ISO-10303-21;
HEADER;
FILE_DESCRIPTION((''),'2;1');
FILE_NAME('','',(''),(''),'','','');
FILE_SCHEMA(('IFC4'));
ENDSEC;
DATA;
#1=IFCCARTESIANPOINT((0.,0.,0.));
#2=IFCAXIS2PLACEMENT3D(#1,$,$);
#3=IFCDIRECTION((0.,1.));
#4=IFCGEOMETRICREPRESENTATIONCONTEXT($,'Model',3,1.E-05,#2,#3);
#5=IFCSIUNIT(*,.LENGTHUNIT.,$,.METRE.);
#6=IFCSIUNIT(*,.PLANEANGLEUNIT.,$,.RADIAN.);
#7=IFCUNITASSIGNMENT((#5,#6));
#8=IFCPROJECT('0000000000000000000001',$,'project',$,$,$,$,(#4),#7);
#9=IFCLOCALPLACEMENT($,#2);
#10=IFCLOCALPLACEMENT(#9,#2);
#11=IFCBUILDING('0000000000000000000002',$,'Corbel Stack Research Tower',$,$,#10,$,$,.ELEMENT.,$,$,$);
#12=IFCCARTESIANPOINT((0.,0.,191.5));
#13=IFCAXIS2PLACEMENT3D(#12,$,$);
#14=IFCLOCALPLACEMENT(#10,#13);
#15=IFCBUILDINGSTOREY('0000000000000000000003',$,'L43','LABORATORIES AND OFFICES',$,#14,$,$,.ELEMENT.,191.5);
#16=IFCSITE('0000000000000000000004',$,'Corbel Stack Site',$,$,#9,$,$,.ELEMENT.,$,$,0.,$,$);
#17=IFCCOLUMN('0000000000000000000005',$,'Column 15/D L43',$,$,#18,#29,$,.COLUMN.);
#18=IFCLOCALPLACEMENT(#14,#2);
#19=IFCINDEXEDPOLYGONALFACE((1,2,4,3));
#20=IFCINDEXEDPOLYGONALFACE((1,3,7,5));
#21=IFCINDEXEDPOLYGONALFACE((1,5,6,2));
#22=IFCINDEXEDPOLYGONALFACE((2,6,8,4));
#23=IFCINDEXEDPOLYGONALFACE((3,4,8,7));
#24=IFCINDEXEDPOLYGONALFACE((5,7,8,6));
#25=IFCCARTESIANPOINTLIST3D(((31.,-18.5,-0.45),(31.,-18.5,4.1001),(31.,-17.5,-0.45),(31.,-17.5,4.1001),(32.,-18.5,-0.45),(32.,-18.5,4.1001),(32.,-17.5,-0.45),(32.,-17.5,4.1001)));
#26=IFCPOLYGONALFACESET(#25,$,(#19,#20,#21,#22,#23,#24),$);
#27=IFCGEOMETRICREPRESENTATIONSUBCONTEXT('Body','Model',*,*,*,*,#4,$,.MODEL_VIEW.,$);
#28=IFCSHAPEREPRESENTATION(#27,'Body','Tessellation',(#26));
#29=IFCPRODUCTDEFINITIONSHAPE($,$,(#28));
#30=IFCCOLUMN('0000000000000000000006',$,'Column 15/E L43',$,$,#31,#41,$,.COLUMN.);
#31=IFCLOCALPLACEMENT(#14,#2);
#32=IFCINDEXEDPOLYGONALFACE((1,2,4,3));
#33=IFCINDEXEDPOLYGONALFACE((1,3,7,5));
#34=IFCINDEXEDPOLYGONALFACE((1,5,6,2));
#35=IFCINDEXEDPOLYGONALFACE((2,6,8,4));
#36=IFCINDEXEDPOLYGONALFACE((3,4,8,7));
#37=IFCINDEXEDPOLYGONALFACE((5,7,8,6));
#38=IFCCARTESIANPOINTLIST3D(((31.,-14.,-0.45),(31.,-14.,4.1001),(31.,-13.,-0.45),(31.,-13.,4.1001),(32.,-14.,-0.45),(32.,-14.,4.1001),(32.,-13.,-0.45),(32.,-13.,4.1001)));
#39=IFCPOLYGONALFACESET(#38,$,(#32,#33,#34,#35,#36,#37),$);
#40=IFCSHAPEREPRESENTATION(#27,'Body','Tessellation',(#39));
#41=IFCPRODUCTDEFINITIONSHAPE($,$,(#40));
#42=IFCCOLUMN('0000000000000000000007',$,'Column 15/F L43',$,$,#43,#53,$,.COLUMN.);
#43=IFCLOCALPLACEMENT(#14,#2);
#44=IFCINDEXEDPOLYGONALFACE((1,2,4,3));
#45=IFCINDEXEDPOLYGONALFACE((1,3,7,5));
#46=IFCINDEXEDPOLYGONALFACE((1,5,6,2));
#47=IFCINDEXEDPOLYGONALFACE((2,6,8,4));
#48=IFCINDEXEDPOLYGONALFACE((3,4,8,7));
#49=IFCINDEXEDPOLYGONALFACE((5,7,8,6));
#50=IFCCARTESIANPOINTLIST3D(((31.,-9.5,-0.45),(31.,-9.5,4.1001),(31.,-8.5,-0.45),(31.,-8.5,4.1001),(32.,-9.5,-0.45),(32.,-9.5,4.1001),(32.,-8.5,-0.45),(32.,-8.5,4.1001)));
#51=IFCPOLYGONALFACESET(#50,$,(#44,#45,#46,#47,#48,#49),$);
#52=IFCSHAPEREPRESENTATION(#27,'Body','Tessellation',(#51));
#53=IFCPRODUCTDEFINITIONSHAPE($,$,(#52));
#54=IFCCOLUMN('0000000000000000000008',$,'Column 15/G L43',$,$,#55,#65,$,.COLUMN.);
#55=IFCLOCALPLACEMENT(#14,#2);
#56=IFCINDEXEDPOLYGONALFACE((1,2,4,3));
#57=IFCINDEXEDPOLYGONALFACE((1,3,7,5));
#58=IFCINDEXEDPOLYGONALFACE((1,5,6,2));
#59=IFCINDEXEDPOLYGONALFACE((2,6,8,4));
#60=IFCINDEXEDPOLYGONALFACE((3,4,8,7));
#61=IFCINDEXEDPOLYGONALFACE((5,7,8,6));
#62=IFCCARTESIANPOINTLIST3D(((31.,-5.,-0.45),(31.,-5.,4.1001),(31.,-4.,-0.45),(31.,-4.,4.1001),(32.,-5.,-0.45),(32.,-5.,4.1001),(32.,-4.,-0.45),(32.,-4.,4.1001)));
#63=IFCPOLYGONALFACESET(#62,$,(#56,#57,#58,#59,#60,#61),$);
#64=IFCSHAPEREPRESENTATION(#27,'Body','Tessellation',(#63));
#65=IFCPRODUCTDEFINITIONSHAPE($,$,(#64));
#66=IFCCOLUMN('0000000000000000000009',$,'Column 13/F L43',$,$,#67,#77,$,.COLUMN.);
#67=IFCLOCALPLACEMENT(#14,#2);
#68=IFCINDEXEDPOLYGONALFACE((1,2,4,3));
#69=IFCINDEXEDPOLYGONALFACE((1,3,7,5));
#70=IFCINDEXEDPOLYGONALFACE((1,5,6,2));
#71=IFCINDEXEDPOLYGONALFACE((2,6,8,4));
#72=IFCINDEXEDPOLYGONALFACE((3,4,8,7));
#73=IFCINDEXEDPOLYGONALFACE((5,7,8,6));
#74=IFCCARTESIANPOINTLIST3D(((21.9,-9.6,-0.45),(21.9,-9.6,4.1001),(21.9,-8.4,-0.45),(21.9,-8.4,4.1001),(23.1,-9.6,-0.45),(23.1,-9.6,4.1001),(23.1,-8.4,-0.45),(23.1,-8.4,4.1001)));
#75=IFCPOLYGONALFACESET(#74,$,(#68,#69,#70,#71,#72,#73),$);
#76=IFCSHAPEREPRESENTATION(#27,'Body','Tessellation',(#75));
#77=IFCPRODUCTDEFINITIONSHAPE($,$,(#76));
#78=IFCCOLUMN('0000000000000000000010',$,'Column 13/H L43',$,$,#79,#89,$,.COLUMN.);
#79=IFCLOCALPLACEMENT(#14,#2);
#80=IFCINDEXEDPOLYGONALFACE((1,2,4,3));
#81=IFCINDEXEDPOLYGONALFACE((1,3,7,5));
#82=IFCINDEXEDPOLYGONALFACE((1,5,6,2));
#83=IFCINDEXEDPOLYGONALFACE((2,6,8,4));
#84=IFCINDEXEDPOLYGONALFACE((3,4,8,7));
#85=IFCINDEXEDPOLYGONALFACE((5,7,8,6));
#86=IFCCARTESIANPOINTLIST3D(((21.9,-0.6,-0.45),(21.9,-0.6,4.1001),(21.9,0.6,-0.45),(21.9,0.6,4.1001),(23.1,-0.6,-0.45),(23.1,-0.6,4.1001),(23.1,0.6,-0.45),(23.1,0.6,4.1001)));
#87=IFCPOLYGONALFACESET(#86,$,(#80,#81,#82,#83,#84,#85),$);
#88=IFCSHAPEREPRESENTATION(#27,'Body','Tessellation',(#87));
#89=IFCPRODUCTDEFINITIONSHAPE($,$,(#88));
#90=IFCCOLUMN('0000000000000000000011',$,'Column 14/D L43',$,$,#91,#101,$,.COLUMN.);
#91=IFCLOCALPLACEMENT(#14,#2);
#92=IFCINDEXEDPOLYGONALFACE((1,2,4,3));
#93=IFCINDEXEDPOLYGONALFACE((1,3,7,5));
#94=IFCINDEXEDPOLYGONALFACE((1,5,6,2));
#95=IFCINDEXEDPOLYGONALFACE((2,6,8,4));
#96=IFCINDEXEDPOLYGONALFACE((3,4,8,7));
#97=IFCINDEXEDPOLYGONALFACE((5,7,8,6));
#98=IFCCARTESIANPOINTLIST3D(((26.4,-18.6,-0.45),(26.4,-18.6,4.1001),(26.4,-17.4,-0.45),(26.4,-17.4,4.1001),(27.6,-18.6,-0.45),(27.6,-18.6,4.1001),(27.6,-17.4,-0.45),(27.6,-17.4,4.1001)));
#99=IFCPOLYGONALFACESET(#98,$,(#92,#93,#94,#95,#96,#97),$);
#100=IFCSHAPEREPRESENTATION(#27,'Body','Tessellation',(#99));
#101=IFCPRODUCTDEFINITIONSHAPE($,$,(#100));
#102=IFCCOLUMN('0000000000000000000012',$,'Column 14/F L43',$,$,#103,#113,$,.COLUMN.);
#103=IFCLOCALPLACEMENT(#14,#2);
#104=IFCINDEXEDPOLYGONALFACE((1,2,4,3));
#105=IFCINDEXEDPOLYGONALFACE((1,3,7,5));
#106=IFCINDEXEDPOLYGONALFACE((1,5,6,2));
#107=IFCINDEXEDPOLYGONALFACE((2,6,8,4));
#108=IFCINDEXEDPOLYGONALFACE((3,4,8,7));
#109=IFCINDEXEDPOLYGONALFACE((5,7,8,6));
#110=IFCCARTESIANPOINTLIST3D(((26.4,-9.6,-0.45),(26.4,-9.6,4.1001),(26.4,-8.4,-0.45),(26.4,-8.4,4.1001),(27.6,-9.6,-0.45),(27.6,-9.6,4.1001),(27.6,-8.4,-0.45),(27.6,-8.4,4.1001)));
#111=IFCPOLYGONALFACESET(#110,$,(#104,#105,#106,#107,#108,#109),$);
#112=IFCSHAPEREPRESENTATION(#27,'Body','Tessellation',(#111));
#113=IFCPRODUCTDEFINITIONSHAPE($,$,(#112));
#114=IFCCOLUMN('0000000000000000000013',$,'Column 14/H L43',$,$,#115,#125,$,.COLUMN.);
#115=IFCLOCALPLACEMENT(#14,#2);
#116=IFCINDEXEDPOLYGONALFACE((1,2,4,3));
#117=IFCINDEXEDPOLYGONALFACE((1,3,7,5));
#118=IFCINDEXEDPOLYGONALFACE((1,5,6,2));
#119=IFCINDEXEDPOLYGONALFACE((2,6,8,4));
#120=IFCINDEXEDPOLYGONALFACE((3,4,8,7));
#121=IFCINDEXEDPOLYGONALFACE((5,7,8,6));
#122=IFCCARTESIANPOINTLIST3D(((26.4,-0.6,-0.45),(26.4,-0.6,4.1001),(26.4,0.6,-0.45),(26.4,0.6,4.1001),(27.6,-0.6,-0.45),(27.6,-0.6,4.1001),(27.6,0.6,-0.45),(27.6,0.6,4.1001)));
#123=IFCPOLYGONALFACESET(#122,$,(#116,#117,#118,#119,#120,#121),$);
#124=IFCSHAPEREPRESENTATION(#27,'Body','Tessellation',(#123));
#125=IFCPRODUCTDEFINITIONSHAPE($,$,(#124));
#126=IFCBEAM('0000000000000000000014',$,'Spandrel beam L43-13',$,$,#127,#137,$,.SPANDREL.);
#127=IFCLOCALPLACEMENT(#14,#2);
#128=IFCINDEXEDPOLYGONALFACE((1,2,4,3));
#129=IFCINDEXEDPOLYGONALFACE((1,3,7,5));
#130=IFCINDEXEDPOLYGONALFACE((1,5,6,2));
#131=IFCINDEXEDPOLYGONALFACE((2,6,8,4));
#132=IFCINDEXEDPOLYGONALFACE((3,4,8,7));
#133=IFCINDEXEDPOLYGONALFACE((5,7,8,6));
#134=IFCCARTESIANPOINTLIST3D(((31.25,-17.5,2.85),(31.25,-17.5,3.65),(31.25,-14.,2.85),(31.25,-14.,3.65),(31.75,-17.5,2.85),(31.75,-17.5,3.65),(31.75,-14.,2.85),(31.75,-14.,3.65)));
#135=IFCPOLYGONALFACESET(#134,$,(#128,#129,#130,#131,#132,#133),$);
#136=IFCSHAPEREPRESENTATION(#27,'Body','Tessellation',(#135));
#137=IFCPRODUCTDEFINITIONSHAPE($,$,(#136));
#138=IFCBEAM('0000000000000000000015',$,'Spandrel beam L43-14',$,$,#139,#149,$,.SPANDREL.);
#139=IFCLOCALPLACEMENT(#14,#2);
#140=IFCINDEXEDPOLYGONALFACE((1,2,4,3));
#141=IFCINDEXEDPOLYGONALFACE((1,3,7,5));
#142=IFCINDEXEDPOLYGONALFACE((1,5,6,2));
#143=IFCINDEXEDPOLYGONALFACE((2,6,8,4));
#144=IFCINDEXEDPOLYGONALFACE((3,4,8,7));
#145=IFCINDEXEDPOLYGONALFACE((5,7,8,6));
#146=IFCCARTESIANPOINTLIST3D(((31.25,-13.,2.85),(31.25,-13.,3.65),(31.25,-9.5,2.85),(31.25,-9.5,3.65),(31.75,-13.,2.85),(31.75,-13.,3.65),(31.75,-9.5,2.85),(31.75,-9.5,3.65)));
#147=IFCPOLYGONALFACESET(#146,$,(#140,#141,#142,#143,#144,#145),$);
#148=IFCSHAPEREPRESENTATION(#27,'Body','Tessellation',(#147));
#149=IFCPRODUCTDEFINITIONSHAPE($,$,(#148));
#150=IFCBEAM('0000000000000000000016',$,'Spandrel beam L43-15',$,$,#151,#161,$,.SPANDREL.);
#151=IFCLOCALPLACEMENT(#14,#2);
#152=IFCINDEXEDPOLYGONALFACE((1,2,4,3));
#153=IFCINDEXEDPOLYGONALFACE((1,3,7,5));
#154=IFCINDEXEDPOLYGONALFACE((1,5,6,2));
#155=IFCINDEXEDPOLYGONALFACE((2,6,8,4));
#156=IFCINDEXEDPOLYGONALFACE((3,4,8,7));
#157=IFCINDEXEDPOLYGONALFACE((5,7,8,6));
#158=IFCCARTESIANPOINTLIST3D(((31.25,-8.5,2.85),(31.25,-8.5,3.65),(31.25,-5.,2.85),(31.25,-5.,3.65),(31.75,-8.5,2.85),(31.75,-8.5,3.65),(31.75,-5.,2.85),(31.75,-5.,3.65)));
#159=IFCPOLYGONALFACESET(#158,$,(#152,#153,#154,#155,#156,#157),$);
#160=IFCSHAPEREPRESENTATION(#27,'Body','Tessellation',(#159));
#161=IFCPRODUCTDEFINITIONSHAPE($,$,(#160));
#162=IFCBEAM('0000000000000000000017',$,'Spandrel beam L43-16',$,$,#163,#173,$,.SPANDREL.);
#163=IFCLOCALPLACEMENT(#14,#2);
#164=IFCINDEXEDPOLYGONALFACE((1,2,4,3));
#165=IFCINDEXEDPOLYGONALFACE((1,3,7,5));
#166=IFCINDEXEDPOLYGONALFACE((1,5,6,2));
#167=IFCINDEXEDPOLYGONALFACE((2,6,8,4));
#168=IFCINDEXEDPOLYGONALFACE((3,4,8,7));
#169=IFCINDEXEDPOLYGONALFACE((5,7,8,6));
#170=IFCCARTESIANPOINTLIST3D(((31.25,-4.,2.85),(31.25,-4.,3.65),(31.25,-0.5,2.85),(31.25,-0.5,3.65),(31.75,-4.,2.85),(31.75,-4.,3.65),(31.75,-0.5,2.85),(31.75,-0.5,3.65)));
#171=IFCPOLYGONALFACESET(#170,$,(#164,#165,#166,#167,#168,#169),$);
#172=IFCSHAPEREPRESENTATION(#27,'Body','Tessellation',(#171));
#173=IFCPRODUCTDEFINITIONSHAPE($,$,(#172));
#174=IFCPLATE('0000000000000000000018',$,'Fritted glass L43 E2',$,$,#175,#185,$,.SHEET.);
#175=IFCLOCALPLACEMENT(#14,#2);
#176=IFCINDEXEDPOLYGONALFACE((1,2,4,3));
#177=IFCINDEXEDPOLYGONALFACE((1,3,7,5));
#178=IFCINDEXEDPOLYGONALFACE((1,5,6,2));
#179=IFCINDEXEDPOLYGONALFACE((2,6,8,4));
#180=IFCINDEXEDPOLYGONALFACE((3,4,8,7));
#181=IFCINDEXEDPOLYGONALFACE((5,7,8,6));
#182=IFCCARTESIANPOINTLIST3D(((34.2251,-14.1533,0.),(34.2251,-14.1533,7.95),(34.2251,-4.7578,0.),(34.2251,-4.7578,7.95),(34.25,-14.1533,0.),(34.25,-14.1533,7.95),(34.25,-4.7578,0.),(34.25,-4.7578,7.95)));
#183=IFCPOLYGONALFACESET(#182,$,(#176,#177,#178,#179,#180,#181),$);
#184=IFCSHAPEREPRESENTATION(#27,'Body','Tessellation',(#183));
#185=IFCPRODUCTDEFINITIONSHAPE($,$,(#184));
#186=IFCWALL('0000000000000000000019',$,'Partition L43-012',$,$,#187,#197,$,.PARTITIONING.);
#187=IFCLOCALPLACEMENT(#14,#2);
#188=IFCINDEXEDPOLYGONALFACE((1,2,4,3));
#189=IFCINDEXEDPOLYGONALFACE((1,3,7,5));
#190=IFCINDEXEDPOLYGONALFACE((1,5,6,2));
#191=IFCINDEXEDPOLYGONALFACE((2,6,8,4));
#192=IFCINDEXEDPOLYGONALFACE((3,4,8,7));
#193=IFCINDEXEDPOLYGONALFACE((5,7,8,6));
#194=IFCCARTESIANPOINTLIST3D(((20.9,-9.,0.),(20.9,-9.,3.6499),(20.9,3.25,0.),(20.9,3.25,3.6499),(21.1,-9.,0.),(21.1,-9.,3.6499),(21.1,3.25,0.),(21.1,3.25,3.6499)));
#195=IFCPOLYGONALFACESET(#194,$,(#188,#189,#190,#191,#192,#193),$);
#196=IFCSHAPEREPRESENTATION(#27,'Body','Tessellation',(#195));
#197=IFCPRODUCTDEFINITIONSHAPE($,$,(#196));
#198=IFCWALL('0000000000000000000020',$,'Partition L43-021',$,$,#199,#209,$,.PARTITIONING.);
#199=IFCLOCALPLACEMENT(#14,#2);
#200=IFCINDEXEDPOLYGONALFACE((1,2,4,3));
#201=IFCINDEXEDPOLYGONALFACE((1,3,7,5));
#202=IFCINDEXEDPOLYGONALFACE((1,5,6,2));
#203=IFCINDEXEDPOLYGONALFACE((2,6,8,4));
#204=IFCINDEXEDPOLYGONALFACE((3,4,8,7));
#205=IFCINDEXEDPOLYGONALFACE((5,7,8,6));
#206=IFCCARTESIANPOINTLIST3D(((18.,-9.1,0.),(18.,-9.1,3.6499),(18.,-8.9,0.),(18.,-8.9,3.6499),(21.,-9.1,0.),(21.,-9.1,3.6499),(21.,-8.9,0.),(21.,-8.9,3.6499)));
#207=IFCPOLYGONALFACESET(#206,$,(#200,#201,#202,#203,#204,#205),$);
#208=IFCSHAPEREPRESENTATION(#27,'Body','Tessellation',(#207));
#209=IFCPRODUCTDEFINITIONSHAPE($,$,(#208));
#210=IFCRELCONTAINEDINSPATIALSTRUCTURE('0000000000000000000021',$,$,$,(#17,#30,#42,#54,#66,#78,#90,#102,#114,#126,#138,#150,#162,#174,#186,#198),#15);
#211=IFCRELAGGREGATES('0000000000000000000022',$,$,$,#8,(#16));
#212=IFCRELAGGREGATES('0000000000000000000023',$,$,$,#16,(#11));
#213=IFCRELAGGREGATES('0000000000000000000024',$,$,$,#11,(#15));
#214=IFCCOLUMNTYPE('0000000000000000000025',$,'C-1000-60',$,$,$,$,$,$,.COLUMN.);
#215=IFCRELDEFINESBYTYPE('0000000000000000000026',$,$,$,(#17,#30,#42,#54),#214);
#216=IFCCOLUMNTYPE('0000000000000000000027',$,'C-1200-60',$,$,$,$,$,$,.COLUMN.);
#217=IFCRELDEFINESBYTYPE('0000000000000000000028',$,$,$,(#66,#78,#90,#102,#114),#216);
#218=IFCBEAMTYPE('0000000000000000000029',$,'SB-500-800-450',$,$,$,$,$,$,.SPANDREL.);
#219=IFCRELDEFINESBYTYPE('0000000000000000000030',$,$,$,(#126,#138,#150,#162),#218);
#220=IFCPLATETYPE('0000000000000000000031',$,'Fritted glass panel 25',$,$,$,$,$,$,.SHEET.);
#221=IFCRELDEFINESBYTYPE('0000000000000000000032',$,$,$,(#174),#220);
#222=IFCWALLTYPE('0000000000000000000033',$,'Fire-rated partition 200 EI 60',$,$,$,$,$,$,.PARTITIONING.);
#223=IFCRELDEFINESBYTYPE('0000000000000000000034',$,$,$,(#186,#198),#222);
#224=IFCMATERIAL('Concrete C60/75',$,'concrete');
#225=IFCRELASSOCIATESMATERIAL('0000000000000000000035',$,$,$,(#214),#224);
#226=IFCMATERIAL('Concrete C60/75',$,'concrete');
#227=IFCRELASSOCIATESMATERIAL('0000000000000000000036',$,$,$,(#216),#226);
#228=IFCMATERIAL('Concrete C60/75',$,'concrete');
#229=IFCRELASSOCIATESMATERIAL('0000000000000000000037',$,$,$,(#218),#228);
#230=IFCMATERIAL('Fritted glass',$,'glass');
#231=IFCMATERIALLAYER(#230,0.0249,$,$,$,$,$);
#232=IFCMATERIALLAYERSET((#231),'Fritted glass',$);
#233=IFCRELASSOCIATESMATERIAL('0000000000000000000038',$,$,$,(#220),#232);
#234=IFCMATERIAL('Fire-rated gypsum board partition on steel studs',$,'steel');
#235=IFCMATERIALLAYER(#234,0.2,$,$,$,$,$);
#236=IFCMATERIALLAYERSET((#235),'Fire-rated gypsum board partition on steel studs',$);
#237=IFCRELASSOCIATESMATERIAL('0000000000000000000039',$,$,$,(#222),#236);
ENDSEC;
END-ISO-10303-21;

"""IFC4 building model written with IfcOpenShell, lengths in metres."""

from ifc_helpers import new_model, si_unit, direction, frame, frame_2d, origin, origin_2d, place, context, subcontext, project, spatial, rectangle, extrude, material, layer, layer_set, material_profile, profile_set, type_object, element, save


model = new_model("IFC4")

# Units and contexts
model_context = context("Model", 3, precision=1e-05, world=origin(), true_north=direction((0.0, 1.0)))
body_context = subcontext(model_context, "Body", "Model", "MODEL_VIEW")
ifc_project = project(units=[si_unit("LENGTHUNIT", "METRE"), si_unit("PLANEANGLEUNIT", "RADIAN")], contexts=[model_context])

# Site, building, storey
site_placement = place(None, origin())
site = spatial("IfcSite", under=ifc_project, at=site_placement, Name="Corbel Stack Site", CompositionType="ELEMENT", RefElevation=0.0)
building_placement = place(site_placement, origin())
building = spatial("IfcBuilding", under=site, at=building_placement, Name="Corbel Stack Research Tower", CompositionType="ELEMENT")
storey_placement = place(building_placement, frame((0.0, 0.0, 191.5)))
storey = spatial("IfcBuildingStorey", under=building, at=storey_placement, Name="L43", Description="LABORATORIES AND OFFICES", CompositionType="ELEMENT", Elevation=191.5)

# Columns
ifc_material_1 = material(Name="Concrete C60/75", Category="concrete")
ifc_material_profile_1 = material_profile(ifc_material_1, rectangle(XDim=1.0, YDim=1.0, at=origin_2d()), Name="RC 1000 x 1000")
ifc_profile_set_1 = profile_set([ifc_material_profile_1], Name="Concrete C60/75")
column_type_1 = type_object("IfcColumnType", Name="C-1000-60", PredefinedType="COLUMN", material=ifc_profile_set_1)
for number, where, z_axis, x_axis, name in (
    (1, (31.5, -18.0, -0.45), (0.0, 0.0, 1.0), (1.0, 0.0, 0.0), "Column 15/D L43"),
    (2, (31.5, -13.5, -0.45), (0.0, 0.0, 1.0), (1.0, 0.0, 0.0), "Column 15/E L43"),
    (3, (31.5, -9.0, -0.45), (0.0, 0.0, 1.0), (1.0, 0.0, 0.0), "Column 15/F L43"),
    (4, (31.5, -4.5, -0.45), (0.0, 0.0, 1.0), (1.0, 0.0, 0.0), "Column 15/G L43"),
):
    element("IfcColumn", number, at=place(storey_placement, frame(where, z_axis=z_axis, x_axis=x_axis)), inside=storey, type_object=column_type_1, Name=name, PredefinedType="COLUMN", context=body_context, shape_type="SweptSolid", body=[
        extrude(rectangle(XDim=1.0, YDim=1.0, at=origin_2d()), origin(), (0.0, 0.0, 1.0), 4.55),
    ])
ifc_material_2 = material(Name="Concrete C60/75", Category="concrete")
ifc_material_profile_2 = material_profile(ifc_material_2, rectangle(XDim=1.2, YDim=1.2, at=origin_2d()), Name="RC 1200 x 1200")
ifc_profile_set_2 = profile_set([ifc_material_profile_2], Name="Concrete C60/75")
column_type_2 = type_object("IfcColumnType", Name="C-1200-60", PredefinedType="COLUMN", material=ifc_profile_set_2)
for number, where, z_axis, x_axis, name in (
    (5, (22.5, -9.0, -0.45), (0.0, 0.0, 1.0), (1.0, 0.0, 0.0), "Column 13/F L43"),
    (6, (22.5, 0.0, -0.45), (0.0, 0.0, 1.0), (1.0, 0.0, 0.0), "Column 13/H L43"),
    (7, (27.0, -18.0, -0.45), (0.0, 0.0, 1.0), (1.0, 0.0, 0.0), "Column 14/D L43"),
    (8, (27.0, -9.0, -0.45), (0.0, 0.0, 1.0), (1.0, 0.0, 0.0), "Column 14/F L43"),
    (9, (27.0, 0.0, -0.45), (0.0, 0.0, 1.0), (1.0, 0.0, 0.0), "Column 14/H L43"),
):
    element("IfcColumn", number, at=place(storey_placement, frame(where, z_axis=z_axis, x_axis=x_axis)), inside=storey, type_object=column_type_2, Name=name, PredefinedType="COLUMN", context=body_context, shape_type="SweptSolid", body=[
        extrude(rectangle(XDim=1.2, YDim=1.2, at=origin_2d()), origin(), (0.0, 0.0, 1.0), 4.55),
    ])

# Beams
ifc_material_3 = material(Name="Concrete C60/75", Category="concrete")
ifc_material_profile_3 = material_profile(ifc_material_3, rectangle(XDim=0.5, YDim=0.8, at=origin_2d()), Name="RC 500 x 800")
ifc_profile_set_3 = profile_set([ifc_material_profile_3], Name="Concrete C60/75")
beam_type = type_object("IfcBeamType", Name="SB-500-800-450", PredefinedType="SPANDREL", material=ifc_profile_set_3)
for number, where, z_axis, x_axis, name in (
    (10, (31.5, -17.5, 3.25), (0.0, 1.0, 0.0), (-1.0, 0.0, 0.0), "Spandrel beam L43-13"),
    (11, (31.5, -13.0, 3.25), (0.0, 1.0, 0.0), (-1.0, 0.0, 0.0), "Spandrel beam L43-14"),
    (12, (31.5, -8.5, 3.25), (0.0, 1.0, 0.0), (-1.0, 0.0, 0.0), "Spandrel beam L43-15"),
    (13, (31.5, -4.0, 3.25), (0.0, 1.0, 0.0), (-1.0, 0.0, 0.0), "Spandrel beam L43-16"),
):
    element("IfcBeam", number, at=place(storey_placement, frame(where, z_axis=z_axis, x_axis=x_axis)), inside=storey, type_object=beam_type, Name=name, PredefinedType="SPANDREL", context=body_context, shape_type="SweptSolid", body=[
        extrude(rectangle(XDim=0.5, YDim=0.8, at=origin_2d()), origin(), (0.0, 0.0, 1.0), 3.5),
    ])

# Plate
ifc_material_4 = material(Name="Fritted glass", Category="glass")
ifc_layer_1 = layer(ifc_material_4, 0.0249)
ifc_layer_set_1 = layer_set([ifc_layer_1], Name="Fritted glass")
plate_type = type_object("IfcPlateType", Name="Fritted glass panel 25", PredefinedType="SHEET", material=ifc_layer_set_1)
plate_placement = place(storey_placement, frame((34.2375, -9.4556, 0.0), z_axis=(0.0, 0.0, 1.0), x_axis=(0.0, 1.0, 0.0)))
element("IfcPlate", 14, at=plate_placement, inside=storey, type_object=plate_type, Name="Fritted glass L43 E2", PredefinedType="SHEET", context=body_context, shape_type="SweptSolid", body=[
    extrude(rectangle(XDim=9.3955, YDim=0.0249, at=origin_2d()), origin(), (0.0, 0.0, 1.0), 7.95),
])

# Walls
ifc_material_5 = material(Name="Fire-rated gypsum board partition on steel studs", Category="steel")
ifc_layer_2 = layer(ifc_material_5, 0.2)
ifc_layer_set_2 = layer_set([ifc_layer_2], Name="Fire-rated gypsum board partition on steel studs")
wall_type_1 = type_object("IfcWallType", Name="Fire-rated partition 200 EI 60", PredefinedType="PARTITIONING", material=ifc_layer_set_2)
wall_1_placement = place(storey_placement, frame((21.0, -9.0, 0.0), z_axis=(0.0, 0.0, 1.0), x_axis=(0.0, 1.0, 0.0)))
element("IfcWall", 15, at=wall_1_placement, inside=storey, type_object=wall_type_1, Name="Partition L43-012", PredefinedType="PARTITIONING", context=body_context, shape_type="SweptSolid", body=[
    extrude(rectangle(XDim=12.25, YDim=0.2, at=frame_2d((6.125, 0.0))), origin(), (0.0, 0.0, 1.0), 3.6499),
])
wall_2_placement = place(storey_placement, frame((18.0, -9.0, 0.0), z_axis=(0.0, 0.0, 1.0), x_axis=(1.0, 0.0, 0.0)))
element("IfcWall", 16, at=wall_2_placement, inside=storey, type_object=wall_type_1, Name="Partition L43-021", PredefinedType="PARTITIONING", context=body_context, shape_type="SweptSolid", body=[
    extrude(rectangle(XDim=3.0, YDim=0.2, at=frame_2d((1.5, 0.0))), origin(), (0.0, 0.0, 1.0), 3.6499),
])

save(model, "model.ifc")
